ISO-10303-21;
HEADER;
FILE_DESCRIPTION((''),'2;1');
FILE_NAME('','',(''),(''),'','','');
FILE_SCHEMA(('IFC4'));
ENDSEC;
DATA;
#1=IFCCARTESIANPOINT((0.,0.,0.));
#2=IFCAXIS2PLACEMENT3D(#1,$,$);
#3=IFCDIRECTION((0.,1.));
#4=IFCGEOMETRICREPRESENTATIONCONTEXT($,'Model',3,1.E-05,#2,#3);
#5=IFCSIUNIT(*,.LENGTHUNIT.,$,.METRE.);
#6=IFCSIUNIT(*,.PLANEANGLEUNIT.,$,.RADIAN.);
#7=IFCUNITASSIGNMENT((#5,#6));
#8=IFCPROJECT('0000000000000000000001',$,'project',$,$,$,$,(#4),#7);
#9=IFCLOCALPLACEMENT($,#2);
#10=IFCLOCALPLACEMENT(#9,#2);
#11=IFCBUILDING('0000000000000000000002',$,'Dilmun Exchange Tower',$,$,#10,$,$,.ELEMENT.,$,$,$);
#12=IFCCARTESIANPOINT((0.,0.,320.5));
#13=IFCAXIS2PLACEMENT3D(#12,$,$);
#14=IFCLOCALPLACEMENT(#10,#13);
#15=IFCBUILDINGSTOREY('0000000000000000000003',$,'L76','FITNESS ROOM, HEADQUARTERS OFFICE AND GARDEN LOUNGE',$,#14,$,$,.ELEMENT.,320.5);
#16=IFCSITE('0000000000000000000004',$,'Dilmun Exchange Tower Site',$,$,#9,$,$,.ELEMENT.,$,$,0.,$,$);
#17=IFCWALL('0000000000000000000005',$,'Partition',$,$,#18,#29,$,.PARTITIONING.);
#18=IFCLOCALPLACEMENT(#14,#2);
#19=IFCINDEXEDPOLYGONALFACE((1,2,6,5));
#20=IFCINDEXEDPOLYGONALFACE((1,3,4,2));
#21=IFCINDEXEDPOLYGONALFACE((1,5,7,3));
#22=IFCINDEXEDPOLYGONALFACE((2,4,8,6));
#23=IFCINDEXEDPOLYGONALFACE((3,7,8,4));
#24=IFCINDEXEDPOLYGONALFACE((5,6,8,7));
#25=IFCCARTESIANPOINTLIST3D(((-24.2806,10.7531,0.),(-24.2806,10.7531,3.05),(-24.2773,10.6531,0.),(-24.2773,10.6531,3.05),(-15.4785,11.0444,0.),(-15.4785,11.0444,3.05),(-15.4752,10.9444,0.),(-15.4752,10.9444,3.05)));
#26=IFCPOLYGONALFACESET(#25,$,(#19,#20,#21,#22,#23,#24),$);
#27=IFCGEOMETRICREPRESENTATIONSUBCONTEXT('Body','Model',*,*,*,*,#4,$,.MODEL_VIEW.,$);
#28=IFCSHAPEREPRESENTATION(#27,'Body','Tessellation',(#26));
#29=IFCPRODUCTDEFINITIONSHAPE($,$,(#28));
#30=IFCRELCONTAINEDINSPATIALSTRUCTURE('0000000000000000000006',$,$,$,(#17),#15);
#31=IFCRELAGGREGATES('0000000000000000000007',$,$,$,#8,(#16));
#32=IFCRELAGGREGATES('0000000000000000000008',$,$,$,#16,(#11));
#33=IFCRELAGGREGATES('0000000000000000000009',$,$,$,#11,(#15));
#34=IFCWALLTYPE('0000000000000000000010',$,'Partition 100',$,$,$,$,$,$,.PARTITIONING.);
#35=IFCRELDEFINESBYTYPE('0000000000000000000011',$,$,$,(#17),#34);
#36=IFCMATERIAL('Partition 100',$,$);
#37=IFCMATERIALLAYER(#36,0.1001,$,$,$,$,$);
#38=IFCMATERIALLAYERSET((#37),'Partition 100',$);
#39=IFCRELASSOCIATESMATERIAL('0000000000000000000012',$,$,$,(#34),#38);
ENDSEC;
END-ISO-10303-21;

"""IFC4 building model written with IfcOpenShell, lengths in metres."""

from ifc_helpers import new_model, si_unit, direction, frame, frame_2d, origin, place, context, subcontext, project, spatial, rectangle, extrude, material, layer, layer_set, type_object, element, save


model = new_model("IFC4")

# Units and contexts
model_context = context("Model", 3, precision=1e-05, world=origin(), true_north=direction((0.0, 1.0)))
body_context = subcontext(model_context, "Body", "Model", "MODEL_VIEW")
ifc_project = project(units=[si_unit("LENGTHUNIT", "METRE"), si_unit("PLANEANGLEUNIT", "RADIAN")], contexts=[model_context])

# Site, building, storey
site_placement = place(None, origin())
site = spatial("IfcSite", under=ifc_project, at=site_placement, Name="Dilmun Exchange Tower Site", CompositionType="ELEMENT", RefElevation=0.0)
building_placement = place(site_placement, origin())
building = spatial("IfcBuilding", under=site, at=building_placement, Name="Dilmun Exchange Tower", CompositionType="ELEMENT")
storey_placement = place(building_placement, frame((0.0, 0.0, 320.5)))
storey = spatial("IfcBuildingStorey", under=building, at=storey_placement, Name="L76", Description="FITNESS ROOM, HEADQUARTERS OFFICE AND GARDEN LOUNGE", CompositionType="ELEMENT", Elevation=320.5)

# Wall
ifc_material_1 = material(Name="Partition 100")
ifc_layer_1 = layer(ifc_material_1, 0.1001)
ifc_layer_set_1 = layer_set([ifc_layer_1], Name="Partition 100")
wall_type_1 = type_object("IfcWallType", Name="Partition 100", PredefinedType="PARTITIONING", material=ifc_layer_set_1)
wall_1_placement = place(storey_placement, frame((-24.2788, 10.7031, 0.0), z_axis=(0.0, 0.0, 1.0), x_axis=(0.999453, 0.033072, 0.0)))
element("IfcWall", 1, at=wall_1_placement, inside=storey, type_object=wall_type_1, Name="Partition", PredefinedType="PARTITIONING", context=body_context, shape_type="SweptSolid", body=[
    extrude(rectangle(XDim=8.8069, YDim=0.1001, at=frame_2d((4.4033, 0.0))), origin(), (0.0, 0.0, 1.0), 3.05),
])

save(model, "model.ifc")
